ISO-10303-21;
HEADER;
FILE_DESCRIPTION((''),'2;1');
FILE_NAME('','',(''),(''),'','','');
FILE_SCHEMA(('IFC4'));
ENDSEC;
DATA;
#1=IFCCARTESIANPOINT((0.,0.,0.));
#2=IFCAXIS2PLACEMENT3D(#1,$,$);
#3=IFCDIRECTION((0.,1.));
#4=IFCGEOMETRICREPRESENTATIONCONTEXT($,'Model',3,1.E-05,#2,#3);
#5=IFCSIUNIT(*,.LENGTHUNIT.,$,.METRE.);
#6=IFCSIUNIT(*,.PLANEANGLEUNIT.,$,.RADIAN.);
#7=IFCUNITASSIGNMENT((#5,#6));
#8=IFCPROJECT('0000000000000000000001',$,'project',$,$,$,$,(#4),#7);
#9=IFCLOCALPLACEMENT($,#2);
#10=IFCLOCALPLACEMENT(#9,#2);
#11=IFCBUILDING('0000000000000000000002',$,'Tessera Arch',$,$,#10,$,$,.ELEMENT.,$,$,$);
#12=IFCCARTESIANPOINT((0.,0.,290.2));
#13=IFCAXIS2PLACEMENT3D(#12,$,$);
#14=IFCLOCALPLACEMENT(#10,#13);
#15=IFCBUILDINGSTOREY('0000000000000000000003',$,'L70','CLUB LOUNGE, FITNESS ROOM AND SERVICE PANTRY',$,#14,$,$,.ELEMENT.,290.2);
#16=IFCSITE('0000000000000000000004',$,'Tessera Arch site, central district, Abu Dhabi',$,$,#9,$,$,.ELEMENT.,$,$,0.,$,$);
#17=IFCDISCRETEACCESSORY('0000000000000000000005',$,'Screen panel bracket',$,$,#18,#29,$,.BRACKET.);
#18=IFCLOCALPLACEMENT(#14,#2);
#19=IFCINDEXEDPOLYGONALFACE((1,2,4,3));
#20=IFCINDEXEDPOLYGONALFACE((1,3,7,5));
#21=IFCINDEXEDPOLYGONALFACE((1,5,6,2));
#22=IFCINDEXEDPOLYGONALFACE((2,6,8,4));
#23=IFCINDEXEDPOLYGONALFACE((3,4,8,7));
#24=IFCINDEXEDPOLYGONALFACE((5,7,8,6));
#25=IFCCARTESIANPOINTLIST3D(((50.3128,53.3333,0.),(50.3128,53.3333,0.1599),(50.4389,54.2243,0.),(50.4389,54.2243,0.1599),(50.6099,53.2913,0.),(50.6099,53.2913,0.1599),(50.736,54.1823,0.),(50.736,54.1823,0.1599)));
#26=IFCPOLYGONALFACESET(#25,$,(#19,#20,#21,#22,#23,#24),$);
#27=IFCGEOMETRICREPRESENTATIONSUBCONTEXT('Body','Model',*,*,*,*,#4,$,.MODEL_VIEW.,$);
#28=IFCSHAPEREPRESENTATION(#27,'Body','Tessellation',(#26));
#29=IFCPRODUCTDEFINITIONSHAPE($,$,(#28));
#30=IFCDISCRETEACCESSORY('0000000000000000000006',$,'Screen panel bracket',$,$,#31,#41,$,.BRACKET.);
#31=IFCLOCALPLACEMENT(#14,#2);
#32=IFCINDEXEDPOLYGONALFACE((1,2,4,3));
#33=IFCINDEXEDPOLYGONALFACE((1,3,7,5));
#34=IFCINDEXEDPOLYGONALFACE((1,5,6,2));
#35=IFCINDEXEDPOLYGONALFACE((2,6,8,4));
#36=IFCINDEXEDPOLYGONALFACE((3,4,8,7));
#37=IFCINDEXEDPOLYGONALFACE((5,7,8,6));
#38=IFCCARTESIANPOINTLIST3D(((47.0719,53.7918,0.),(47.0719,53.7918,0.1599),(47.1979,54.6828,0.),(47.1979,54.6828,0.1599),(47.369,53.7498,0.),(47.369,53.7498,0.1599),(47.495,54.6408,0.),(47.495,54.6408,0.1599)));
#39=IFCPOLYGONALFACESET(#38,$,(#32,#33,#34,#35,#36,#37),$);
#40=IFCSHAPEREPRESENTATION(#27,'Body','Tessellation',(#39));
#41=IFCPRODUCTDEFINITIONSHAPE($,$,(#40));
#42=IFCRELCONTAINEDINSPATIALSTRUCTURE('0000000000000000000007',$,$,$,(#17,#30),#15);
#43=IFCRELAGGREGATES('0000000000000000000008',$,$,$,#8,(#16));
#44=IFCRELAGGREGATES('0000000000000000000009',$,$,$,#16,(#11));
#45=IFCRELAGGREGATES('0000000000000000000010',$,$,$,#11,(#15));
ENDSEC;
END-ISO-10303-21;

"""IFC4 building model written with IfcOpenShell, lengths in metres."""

from ifc_helpers import new_model, si_unit, direction, frame, origin, origin_2d, place, context, subcontext, project, spatial, rectangle, extrude, element, save


model = new_model("IFC4")

# Units and contexts
model_context = context("Model", 3, precision=1e-05, world=origin(), true_north=direction((0.0, 1.0)))
body_context = subcontext(model_context, "Body", "Model", "MODEL_VIEW")
ifc_project = project(units=[si_unit("LENGTHUNIT", "METRE"), si_unit("PLANEANGLEUNIT", "RADIAN")], contexts=[model_context])

# Site, building, storey
site_placement = place(None, origin())
site = spatial("IfcSite", under=ifc_project, at=site_placement, Name="Tessera Arch site, central district, Abu Dhabi", CompositionType="ELEMENT", RefElevation=0.0)
building_placement = place(site_placement, origin())
building = spatial("IfcBuilding", under=site, at=building_placement, Name="Tessera Arch", CompositionType="ELEMENT")
storey_placement = place(building_placement, frame((0.0, 0.0, 290.2)))
storey = spatial("IfcBuildingStorey", under=building, at=storey_placement, Name="L70", Description="CLUB LOUNGE, FITNESS ROOM AND SERVICE PANTRY", CompositionType="ELEMENT", Elevation=290.2)

# Discrete accessories
for number, where, z_axis, x_axis, name in (
    (1, (50.5244, 53.7578, 0.0), (0.0, 0.0, 1.0), (0.140089, 0.990139, 0.0), "Screen panel bracket"),
    (2, (47.2834, 54.2163, 0.0), (0.0, 0.0, 1.0), (0.140089, 0.990139, 0.0), "Screen panel bracket"),
):
    element("IfcDiscreteAccessory", number, at=place(storey_placement, frame(where, z_axis=z_axis, x_axis=x_axis)), inside=storey, Name=name, PredefinedType="BRACKET", context=body_context, shape_type="SweptSolid", body=[
        extrude(rectangle(XDim=0.8999, YDim=0.3, at=origin_2d()), origin(), (0.0, 0.0, 1.0), 0.1599),
    ])

save(model, "model.ifc")
